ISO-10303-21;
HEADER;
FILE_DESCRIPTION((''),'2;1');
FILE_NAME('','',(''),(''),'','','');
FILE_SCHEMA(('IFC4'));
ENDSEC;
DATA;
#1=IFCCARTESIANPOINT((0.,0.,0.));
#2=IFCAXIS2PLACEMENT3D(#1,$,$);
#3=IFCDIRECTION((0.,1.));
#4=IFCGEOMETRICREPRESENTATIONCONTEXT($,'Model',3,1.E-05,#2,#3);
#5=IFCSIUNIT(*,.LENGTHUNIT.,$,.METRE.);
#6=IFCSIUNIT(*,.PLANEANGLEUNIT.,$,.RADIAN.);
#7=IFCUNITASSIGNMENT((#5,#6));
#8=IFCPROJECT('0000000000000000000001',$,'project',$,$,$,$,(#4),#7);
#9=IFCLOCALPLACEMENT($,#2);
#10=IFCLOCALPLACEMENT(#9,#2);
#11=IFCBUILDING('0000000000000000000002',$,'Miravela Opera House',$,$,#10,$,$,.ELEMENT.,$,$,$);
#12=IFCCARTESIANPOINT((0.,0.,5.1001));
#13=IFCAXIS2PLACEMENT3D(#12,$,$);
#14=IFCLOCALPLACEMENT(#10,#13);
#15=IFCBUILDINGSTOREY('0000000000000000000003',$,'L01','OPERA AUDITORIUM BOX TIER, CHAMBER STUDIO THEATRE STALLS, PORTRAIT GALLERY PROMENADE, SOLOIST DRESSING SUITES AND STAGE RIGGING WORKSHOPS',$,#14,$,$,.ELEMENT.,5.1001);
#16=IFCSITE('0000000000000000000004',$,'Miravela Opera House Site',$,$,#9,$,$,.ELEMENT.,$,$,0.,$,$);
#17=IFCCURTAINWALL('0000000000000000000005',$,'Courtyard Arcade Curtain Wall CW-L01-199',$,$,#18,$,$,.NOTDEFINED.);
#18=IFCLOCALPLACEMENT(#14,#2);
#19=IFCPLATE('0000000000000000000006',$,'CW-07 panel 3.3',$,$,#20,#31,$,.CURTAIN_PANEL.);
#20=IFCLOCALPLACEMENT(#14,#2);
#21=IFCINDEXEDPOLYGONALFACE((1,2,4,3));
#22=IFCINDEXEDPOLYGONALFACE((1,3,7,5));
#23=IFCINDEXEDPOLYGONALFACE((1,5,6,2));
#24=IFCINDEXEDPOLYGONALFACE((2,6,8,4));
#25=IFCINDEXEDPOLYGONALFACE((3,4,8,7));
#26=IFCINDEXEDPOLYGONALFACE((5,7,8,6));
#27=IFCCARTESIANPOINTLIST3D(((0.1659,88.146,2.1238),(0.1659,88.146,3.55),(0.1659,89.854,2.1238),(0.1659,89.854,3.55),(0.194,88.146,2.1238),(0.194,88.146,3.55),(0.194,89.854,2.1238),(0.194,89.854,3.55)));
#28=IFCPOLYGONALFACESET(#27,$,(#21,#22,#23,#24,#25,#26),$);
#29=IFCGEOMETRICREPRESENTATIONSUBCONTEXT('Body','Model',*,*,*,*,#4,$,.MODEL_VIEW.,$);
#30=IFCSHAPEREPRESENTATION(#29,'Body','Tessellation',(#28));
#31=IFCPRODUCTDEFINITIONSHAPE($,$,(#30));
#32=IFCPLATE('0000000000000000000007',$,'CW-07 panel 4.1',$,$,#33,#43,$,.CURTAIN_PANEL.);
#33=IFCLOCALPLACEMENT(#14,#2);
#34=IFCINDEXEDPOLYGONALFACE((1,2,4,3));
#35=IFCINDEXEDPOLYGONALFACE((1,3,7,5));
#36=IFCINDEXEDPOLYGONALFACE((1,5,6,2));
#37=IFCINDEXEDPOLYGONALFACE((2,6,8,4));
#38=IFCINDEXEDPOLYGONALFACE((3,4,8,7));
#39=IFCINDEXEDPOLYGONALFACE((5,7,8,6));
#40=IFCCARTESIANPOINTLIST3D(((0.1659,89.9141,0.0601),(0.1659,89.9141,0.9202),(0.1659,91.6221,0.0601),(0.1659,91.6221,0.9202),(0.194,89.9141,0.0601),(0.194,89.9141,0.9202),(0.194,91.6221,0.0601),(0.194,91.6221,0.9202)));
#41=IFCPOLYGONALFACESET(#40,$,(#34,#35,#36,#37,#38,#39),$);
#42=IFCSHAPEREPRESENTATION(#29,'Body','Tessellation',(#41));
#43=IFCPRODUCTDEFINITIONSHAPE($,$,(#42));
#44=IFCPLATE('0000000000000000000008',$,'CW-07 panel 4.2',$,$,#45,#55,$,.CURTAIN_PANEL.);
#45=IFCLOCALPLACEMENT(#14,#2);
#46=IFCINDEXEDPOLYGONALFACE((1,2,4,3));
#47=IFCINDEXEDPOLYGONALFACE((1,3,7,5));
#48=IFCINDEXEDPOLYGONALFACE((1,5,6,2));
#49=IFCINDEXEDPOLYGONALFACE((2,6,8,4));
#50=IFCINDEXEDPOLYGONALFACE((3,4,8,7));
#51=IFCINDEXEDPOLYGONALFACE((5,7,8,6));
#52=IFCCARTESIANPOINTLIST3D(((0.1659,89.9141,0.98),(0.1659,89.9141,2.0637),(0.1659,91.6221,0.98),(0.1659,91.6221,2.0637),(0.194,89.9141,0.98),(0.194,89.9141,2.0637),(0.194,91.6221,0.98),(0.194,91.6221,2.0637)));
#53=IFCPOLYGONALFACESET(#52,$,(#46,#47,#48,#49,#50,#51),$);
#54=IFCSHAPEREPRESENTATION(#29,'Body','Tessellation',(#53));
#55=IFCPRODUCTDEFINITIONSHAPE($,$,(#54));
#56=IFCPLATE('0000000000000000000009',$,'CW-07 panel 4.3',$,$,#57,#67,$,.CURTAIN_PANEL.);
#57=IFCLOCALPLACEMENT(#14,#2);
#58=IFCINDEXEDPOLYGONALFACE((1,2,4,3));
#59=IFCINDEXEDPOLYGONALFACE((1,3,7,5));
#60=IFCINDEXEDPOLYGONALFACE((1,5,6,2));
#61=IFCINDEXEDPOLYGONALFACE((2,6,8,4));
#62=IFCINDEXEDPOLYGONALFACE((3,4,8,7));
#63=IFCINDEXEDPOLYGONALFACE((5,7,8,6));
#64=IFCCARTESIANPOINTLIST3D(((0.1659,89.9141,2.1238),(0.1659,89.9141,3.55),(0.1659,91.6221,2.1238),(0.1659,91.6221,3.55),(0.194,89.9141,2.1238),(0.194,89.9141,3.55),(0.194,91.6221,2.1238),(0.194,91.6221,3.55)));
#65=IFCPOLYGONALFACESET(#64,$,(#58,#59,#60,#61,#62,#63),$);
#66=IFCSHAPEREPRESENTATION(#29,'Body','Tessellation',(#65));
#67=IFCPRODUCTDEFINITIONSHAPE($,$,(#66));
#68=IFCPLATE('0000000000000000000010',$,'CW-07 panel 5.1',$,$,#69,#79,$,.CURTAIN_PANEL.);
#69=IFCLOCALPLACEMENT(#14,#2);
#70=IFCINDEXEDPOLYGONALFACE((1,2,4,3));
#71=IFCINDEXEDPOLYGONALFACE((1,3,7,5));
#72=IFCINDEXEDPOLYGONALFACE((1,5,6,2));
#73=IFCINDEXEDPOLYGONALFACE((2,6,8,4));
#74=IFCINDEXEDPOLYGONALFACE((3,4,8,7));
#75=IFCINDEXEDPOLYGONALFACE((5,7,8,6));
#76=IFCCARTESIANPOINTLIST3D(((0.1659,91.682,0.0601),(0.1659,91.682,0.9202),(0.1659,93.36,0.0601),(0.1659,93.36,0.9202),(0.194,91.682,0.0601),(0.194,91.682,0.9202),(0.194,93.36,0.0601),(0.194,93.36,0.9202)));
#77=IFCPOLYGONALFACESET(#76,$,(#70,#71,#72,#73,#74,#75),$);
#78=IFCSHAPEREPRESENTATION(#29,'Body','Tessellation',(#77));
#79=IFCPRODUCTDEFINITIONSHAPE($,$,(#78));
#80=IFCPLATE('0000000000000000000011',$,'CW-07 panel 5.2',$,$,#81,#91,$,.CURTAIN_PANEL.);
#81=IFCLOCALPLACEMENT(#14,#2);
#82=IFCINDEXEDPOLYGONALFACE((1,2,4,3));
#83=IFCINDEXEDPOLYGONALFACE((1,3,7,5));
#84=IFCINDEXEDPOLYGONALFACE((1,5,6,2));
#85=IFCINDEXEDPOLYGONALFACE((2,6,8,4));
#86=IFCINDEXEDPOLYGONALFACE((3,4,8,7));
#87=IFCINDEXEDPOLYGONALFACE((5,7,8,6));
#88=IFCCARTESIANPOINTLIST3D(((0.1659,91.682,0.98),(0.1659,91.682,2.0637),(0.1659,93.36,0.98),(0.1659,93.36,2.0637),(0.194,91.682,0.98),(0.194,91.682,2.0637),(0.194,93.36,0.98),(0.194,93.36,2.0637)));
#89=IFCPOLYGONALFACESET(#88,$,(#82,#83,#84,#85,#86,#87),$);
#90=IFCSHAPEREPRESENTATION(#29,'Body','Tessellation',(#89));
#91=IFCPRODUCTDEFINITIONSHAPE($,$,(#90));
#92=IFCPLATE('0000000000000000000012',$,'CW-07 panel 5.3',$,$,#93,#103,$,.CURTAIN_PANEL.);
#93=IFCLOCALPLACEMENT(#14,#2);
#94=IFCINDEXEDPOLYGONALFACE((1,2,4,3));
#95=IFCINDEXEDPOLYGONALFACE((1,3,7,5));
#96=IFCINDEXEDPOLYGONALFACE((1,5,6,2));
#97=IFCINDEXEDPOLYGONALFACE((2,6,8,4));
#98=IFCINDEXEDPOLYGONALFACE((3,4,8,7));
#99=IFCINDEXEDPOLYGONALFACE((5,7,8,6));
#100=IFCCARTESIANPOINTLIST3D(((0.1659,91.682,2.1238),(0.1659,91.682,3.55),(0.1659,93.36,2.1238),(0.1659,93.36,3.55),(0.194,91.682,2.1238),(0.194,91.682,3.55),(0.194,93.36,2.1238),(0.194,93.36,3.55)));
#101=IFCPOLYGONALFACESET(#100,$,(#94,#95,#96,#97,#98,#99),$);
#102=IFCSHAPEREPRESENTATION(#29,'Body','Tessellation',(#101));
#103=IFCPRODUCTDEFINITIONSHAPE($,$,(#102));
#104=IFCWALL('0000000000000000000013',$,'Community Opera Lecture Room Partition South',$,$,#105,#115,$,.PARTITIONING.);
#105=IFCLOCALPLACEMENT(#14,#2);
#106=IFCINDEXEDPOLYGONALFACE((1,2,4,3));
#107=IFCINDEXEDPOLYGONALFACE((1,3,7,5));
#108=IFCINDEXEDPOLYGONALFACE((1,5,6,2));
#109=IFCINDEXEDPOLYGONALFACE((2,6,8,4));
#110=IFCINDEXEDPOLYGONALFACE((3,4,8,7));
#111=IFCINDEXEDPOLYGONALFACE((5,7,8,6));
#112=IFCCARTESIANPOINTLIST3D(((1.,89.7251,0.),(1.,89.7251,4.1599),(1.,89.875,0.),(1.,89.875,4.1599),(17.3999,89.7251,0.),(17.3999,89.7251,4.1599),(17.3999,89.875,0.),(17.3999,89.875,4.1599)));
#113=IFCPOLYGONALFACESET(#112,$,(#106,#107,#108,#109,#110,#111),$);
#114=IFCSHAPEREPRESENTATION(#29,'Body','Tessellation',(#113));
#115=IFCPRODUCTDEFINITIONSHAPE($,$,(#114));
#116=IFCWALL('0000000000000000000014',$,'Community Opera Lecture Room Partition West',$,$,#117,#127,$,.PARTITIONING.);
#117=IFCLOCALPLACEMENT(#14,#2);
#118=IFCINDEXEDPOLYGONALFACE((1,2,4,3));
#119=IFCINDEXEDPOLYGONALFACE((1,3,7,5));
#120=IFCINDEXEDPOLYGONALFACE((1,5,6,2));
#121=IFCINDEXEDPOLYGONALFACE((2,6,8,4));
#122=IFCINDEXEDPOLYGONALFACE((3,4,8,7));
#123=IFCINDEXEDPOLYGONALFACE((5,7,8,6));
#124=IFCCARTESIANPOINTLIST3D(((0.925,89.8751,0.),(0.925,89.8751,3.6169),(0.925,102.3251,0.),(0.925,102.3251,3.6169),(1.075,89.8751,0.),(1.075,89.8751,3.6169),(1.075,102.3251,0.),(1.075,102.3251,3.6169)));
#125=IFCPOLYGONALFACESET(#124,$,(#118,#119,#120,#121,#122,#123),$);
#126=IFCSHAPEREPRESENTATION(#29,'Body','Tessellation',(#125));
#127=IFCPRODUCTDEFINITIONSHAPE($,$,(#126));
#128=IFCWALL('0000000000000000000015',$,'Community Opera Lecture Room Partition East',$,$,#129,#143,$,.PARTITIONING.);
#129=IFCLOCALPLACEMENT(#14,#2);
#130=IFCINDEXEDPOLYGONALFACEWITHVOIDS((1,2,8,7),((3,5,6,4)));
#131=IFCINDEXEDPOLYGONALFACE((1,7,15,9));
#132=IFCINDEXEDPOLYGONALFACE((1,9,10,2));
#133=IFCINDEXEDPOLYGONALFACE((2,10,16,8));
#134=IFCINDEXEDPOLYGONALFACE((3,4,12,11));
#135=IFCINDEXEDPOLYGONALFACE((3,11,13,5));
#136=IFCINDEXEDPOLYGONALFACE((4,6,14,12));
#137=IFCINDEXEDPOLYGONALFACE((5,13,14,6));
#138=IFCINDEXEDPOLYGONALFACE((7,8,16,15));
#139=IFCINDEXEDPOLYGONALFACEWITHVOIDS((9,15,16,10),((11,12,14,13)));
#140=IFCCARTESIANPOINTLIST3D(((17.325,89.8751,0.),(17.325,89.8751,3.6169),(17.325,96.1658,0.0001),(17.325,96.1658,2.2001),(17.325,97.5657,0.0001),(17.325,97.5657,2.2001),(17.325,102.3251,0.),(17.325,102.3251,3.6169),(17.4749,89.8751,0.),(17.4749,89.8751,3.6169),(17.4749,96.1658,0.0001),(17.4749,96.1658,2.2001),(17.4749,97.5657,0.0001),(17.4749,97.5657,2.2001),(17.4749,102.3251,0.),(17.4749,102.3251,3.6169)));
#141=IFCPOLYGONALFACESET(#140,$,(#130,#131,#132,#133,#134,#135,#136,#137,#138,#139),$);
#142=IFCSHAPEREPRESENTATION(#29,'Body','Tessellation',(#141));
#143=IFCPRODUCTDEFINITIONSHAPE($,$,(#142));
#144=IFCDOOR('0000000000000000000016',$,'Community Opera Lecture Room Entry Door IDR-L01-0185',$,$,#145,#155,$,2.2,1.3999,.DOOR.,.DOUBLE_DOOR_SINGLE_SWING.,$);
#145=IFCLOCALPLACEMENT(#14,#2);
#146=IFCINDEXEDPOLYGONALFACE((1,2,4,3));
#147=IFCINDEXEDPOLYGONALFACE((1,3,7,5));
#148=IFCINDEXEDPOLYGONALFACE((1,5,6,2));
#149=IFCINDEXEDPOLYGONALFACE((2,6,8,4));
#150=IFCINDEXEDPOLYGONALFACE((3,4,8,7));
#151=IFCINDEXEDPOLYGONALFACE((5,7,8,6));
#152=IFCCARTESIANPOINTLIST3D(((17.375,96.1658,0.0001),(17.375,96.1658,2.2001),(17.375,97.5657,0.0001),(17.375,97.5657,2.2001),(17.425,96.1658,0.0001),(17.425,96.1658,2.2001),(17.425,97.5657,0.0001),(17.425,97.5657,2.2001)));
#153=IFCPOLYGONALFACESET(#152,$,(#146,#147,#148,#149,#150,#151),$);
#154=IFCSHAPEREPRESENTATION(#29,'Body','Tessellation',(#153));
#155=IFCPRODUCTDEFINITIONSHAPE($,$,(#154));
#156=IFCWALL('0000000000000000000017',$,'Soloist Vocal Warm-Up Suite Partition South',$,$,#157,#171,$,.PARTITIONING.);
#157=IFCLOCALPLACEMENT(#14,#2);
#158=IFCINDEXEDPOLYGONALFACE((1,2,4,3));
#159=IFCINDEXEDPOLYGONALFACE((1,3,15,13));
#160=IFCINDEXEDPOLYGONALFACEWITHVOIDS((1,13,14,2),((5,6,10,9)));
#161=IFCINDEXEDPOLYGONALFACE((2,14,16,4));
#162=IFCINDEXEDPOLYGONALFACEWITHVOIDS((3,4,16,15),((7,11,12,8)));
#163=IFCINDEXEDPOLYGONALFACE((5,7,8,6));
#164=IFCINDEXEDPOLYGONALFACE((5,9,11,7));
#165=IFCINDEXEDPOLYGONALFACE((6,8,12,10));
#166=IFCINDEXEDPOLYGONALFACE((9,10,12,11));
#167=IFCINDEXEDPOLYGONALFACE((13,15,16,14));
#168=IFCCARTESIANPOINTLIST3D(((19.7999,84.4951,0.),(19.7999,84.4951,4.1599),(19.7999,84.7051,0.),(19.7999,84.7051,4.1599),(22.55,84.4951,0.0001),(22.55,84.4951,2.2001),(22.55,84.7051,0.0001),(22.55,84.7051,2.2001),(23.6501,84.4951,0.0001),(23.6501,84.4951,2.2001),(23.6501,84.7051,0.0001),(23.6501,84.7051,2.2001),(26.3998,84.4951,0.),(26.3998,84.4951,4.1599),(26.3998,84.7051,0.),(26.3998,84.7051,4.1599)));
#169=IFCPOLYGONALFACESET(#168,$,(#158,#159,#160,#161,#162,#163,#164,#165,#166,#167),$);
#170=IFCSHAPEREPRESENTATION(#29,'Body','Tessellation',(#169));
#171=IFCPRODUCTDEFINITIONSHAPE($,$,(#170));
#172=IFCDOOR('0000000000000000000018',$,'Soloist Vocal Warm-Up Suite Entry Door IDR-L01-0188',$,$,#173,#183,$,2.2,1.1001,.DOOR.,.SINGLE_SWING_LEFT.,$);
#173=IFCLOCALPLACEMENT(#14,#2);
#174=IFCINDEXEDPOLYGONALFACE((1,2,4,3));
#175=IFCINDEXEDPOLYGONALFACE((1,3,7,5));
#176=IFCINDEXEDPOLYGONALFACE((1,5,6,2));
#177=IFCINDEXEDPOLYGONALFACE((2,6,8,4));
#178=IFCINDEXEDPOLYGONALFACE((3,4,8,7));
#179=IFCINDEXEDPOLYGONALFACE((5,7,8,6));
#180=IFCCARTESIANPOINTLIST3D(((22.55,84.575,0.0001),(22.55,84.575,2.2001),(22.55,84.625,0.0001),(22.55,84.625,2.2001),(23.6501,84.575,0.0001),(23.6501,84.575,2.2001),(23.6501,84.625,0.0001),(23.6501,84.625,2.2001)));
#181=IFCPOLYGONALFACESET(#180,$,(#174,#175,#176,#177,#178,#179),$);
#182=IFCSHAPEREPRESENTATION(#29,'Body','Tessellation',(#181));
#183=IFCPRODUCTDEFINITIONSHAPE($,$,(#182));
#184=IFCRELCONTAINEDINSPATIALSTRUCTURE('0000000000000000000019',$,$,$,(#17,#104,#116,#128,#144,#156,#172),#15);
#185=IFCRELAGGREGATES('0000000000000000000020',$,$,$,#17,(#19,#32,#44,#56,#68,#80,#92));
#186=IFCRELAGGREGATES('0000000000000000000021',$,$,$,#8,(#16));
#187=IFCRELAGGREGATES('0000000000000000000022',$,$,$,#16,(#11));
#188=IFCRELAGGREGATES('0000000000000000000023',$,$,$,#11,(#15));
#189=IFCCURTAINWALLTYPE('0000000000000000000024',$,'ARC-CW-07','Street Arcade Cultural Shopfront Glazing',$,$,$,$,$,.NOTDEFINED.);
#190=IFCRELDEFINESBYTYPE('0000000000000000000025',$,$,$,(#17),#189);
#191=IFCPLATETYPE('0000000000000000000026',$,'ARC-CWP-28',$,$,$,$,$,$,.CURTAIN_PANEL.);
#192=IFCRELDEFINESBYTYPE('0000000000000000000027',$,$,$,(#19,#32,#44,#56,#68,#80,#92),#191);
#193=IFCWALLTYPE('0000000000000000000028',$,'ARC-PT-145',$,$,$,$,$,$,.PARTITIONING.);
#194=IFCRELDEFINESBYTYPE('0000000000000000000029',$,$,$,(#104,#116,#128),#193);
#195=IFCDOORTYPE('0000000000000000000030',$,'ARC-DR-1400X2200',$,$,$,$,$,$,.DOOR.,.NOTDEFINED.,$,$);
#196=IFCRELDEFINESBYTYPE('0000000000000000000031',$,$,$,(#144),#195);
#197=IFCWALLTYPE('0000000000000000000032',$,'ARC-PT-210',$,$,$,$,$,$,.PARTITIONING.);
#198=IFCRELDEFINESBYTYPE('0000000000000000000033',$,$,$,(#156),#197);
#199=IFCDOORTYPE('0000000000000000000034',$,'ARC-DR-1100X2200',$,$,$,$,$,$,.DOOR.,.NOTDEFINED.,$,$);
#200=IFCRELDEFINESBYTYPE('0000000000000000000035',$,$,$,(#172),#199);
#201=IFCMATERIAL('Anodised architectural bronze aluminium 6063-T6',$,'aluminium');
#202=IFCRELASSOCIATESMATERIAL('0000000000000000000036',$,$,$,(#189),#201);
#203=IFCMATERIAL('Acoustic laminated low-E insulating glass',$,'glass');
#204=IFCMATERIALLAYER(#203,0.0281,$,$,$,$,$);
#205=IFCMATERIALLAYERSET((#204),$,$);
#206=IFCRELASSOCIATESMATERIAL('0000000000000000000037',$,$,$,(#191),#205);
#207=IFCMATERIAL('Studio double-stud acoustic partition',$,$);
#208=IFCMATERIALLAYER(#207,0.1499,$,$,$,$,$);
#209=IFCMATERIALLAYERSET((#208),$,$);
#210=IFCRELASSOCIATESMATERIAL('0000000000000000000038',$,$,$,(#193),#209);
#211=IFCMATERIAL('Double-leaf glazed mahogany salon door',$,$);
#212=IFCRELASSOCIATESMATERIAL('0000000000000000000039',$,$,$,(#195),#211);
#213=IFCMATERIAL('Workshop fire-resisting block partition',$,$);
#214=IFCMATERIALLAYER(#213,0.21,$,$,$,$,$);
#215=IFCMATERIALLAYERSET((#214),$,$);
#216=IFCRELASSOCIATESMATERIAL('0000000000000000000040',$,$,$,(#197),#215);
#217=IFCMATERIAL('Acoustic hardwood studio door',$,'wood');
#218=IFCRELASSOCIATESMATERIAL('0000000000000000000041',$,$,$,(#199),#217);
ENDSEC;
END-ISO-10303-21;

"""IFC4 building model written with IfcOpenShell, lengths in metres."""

from ifc_helpers import new_model, si_unit, direction, frame, frame_2d, origin, origin_2d, place, context, subcontext, project, spatial, rectangle, extrude, material, layer, layer_set, type_object, element, fill, aggregate, save


model = new_model("IFC4")

# Units and contexts
model_context = context("Model", 3, precision=1e-05, world=origin(), true_north=direction((0.0, 1.0)))
body_context = subcontext(model_context, "Body", "Model", "MODEL_VIEW")
ifc_project = project(units=[si_unit("LENGTHUNIT", "METRE"), si_unit("PLANEANGLEUNIT", "RADIAN")], contexts=[model_context])

# Site, building, storey
site_placement = place(None, origin())
site = spatial("IfcSite", under=ifc_project, at=site_placement, Name="Miravela Opera House Site", CompositionType="ELEMENT", RefElevation=0.0)
building_placement = place(site_placement, origin())
building = spatial("IfcBuilding", under=site, at=building_placement, Name="Miravela Opera House", CompositionType="ELEMENT")
storey_placement = place(building_placement, frame((0.0, 0.0, 5.1001)))
storey = spatial("IfcBuildingStorey", under=building, at=storey_placement, Name="L01", Description="OPERA AUDITORIUM BOX TIER, CHAMBER STUDIO THEATRE STALLS, PORTRAIT GALLERY PROMENADE, SOLOIST DRESSING SUITES AND STAGE RIGGING WORKSHOPS", CompositionType="ELEMENT", Elevation=5.1001)

# Curtain wall
ifc_material_1 = material(Name="Anodised architectural bronze aluminium 6063-T6", Category="aluminium")
curtain_wall_type = type_object("IfcCurtainWallType", Name="ARC-CW-07", Description="Street Arcade Cultural Shopfront Glazing", PredefinedType="NOTDEFINED", material=ifc_material_1)
curtain_wall_placement = place(storey_placement, origin())
curtain_wall = element("IfcCurtainWall", 1, at=curtain_wall_placement, inside=storey, type_object=curtain_wall_type, Name="Courtyard Arcade Curtain Wall CW-L01-199", PredefinedType="NOTDEFINED")

# Plates
ifc_material_2 = material(Name="Acoustic laminated low-E insulating glass", Category="glass")
ifc_layer_1 = layer(ifc_material_2, 0.0281)
ifc_layer_set_1 = layer_set([ifc_layer_1])
plate_type = type_object("IfcPlateType", Name="ARC-CWP-28", PredefinedType="CURTAIN_PANEL", material=ifc_layer_set_1)
plate_1_placement = place(storey_placement, frame((0.1799, 89.0, 2.1238), z_axis=(0.0, 0.0, 1.0), x_axis=(0.0, 1.0, 0.0)))
plate_1 = element("IfcPlate", 2, at=plate_1_placement, type_object=plate_type, Name="CW-07 panel 3.3", PredefinedType="CURTAIN_PANEL", context=body_context, shape_type="SweptSolid", body=[
    extrude(rectangle(XDim=1.708, YDim=0.0281, at=origin_2d()), origin(), (0.0, 0.0, 1.0), 1.4263),
])
plate_2_placement = place(storey_placement, frame((0.1799, 90.7681, 0.0601), z_axis=(0.0, 0.0, 1.0), x_axis=(0.0, 1.0, 0.0)))
plate_2 = element("IfcPlate", 3, at=plate_2_placement, type_object=plate_type, Name="CW-07 panel 4.1", PredefinedType="CURTAIN_PANEL", context=body_context, shape_type="SweptSolid", body=[
    extrude(rectangle(XDim=1.708, YDim=0.0281, at=origin_2d()), origin(), (0.0, 0.0, 1.0), 0.8601),
])
plate_3_placement = place(storey_placement, frame((0.1799, 90.7681, 0.98), z_axis=(0.0, 0.0, 1.0), x_axis=(0.0, 1.0, 0.0)))
plate_3 = element("IfcPlate", 4, at=plate_3_placement, type_object=plate_type, Name="CW-07 panel 4.2", PredefinedType="CURTAIN_PANEL", context=body_context, shape_type="SweptSolid", body=[
    extrude(rectangle(XDim=1.708, YDim=0.0281, at=origin_2d()), origin(), (0.0, 0.0, 1.0), 1.0837),
])
plate_4_placement = place(storey_placement, frame((0.1799, 90.7681, 2.1238), z_axis=(0.0, 0.0, 1.0), x_axis=(0.0, 1.0, 0.0)))
plate_4 = element("IfcPlate", 5, at=plate_4_placement, type_object=plate_type, Name="CW-07 panel 4.3", PredefinedType="CURTAIN_PANEL", context=body_context, shape_type="SweptSolid", body=[
    extrude(rectangle(XDim=1.708, YDim=0.0281, at=origin_2d()), origin(), (0.0, 0.0, 1.0), 1.4263),
])
plate_5_placement = place(storey_placement, frame((0.1799, 92.521, 0.0601), z_axis=(0.0, 0.0, 1.0), x_axis=(0.0, 1.0, 0.0)))
plate_5 = element("IfcPlate", 6, at=plate_5_placement, type_object=plate_type, Name="CW-07 panel 5.1", PredefinedType="CURTAIN_PANEL", context=body_context, shape_type="SweptSolid", body=[
    extrude(rectangle(XDim=1.678, YDim=0.0281, at=origin_2d()), origin(), (0.0, 0.0, 1.0), 0.8601),
])
plate_6_placement = place(storey_placement, frame((0.1799, 92.521, 0.98), z_axis=(0.0, 0.0, 1.0), x_axis=(0.0, 1.0, 0.0)))
plate_6 = element("IfcPlate", 7, at=plate_6_placement, type_object=plate_type, Name="CW-07 panel 5.2", PredefinedType="CURTAIN_PANEL", context=body_context, shape_type="SweptSolid", body=[
    extrude(rectangle(XDim=1.678, YDim=0.0281, at=origin_2d()), origin(), (0.0, 0.0, 1.0), 1.0837),
])
plate_7_placement = place(storey_placement, frame((0.1799, 92.521, 2.1238), z_axis=(0.0, 0.0, 1.0), x_axis=(0.0, 1.0, 0.0)))
plate_7 = element("IfcPlate", 8, at=plate_7_placement, type_object=plate_type, Name="CW-07 panel 5.3", PredefinedType="CURTAIN_PANEL", context=body_context, shape_type="SweptSolid", body=[
    extrude(rectangle(XDim=1.678, YDim=0.0281, at=origin_2d()), origin(), (0.0, 0.0, 1.0), 1.4263),
])
aggregate(curtain_wall, [plate_1, plate_2, plate_3, plate_4, plate_5, plate_6, plate_7])

# Walls
ifc_material_3 = material(Name="Studio double-stud acoustic partition")
ifc_layer_2 = layer(ifc_material_3, 0.1499)
ifc_layer_set_2 = layer_set([ifc_layer_2])
wall_type_1 = type_object("IfcWallType", Name="ARC-PT-145", PredefinedType="PARTITIONING", material=ifc_layer_set_2)
wall_1_placement = place(storey_placement, frame((1.0, 89.8, 0.0), z_axis=(0.0, 0.0, 1.0), x_axis=(1.0, 0.0, 0.0)))
element("IfcWall", 9, at=wall_1_placement, inside=storey, type_object=wall_type_1, Name="Community Opera Lecture Room Partition South", PredefinedType="PARTITIONING", context=body_context, shape_type="SweptSolid", body=[
    extrude(rectangle(XDim=16.3999, YDim=0.1499, at=frame_2d((8.2, 0.0))), origin(), (0.0, 0.0, 1.0), 4.1599),
])
wall_2_placement = place(storey_placement, frame((1.0, 89.875, 0.0), z_axis=(0.0, 0.0, 1.0), x_axis=(0.0, 1.0, 0.0)))
element("IfcWall", 10, at=wall_2_placement, inside=storey, type_object=wall_type_1, Name="Community Opera Lecture Room Partition West", PredefinedType="PARTITIONING", context=body_context, shape_type="SweptSolid", body=[
    extrude(rectangle(XDim=12.45, YDim=0.1499, at=frame_2d((6.2251, 0.0))), origin(), (0.0, 0.0, 1.0), 3.6169),
])

# Walls, openings, doors
wall_3_placement = place(storey_placement, frame((17.3999, 89.875, 0.0), z_axis=(0.0, 0.0, 1.0), x_axis=(0.0, 1.0, 0.0)))
wall_3 = element("IfcWall", 11, at=wall_3_placement, inside=storey, type_object=wall_type_1, Name="Community Opera Lecture Room Partition East", PredefinedType="PARTITIONING", context=body_context, shape_type="SweptSolid", body=[
    extrude(rectangle(XDim=12.45, YDim=0.1499, at=frame_2d((6.2251, 0.0))), origin(), (0.0, 0.0, 1.0), 3.6169),
])
opening_1_placement = place(wall_3_placement, frame((6.2908, 0.0, 0.0)))
opening_1 = element("IfcOpeningElement", 12, at=opening_1_placement, cuts=wall_3, PredefinedType="OPENING", context=body_context, shape_type="SweptSolid", body=[
    extrude(rectangle(XDim=1.3999, YDim=2.2, at=frame_2d((0.7, 1.1001))), frame((0.0, 0.085, 0.0), z_axis=(0.0, -1.0, 0.0), x_axis=(1.0, 0.0, 0.0)), (0.0, 0.0, 1.0), 0.1699),
])
ifc_material_4 = material(Name="Double-leaf glazed mahogany salon door")
door_type_1 = type_object("IfcDoorType", Name="ARC-DR-1400X2200", OperationType="NOTDEFINED", PredefinedType="DOOR", material=ifc_material_4)
door_1_placement = place(opening_1_placement, origin())
door_1 = element("IfcDoor", 13, at=door_1_placement, inside=storey, type_object=door_type_1, Name="Community Opera Lecture Room Entry Door IDR-L01-0185", OperationType="DOUBLE_DOOR_SINGLE_SWING", OverallHeight=2.2, OverallWidth=1.3999, PredefinedType="DOOR", context=body_context, shape_type="SweptSolid", body=[
    extrude(rectangle(XDim=1.3999, YDim=2.2, at=frame_2d((0.7, 1.1001))), frame((0.0, 0.0249, 0.0), z_axis=(0.0, -1.0, 0.0), x_axis=(1.0, 0.0, 0.0)), (0.0, 0.0, 1.0), 0.05),
])
fill(opening_1, door_1)
ifc_material_5 = material(Name="Workshop fire-resisting block partition")
ifc_layer_3 = layer(ifc_material_5, 0.21)
ifc_layer_set_3 = layer_set([ifc_layer_3])
wall_type_2 = type_object("IfcWallType", Name="ARC-PT-210", PredefinedType="PARTITIONING", material=ifc_layer_set_3)
wall_4_placement = place(storey_placement, frame((19.8, 84.6001, 0.0), z_axis=(0.0, 0.0, 1.0), x_axis=(1.0, 0.0, 0.0)))
wall_4 = element("IfcWall", 14, at=wall_4_placement, inside=storey, type_object=wall_type_2, Name="Soloist Vocal Warm-Up Suite Partition South", PredefinedType="PARTITIONING", context=body_context, shape_type="SweptSolid", body=[
    extrude(rectangle(XDim=6.5999, YDim=0.21, at=frame_2d((3.2998, 0.0))), origin(), (0.0, 0.0, 1.0), 4.1599),
])
opening_2_placement = place(wall_4_placement, frame((2.75, 0.0, 0.0)))
opening_2 = element("IfcOpeningElement", 15, at=opening_2_placement, cuts=wall_4, PredefinedType="OPENING", context=body_context, shape_type="SweptSolid", body=[
    extrude(rectangle(XDim=1.1001, YDim=2.2, at=frame_2d((0.55, 1.1001))), frame((0.0, 0.115, 0.0), z_axis=(0.0, -1.0, 0.0), x_axis=(1.0, 0.0, 0.0)), (0.0, 0.0, 1.0), 0.23),
])
ifc_material_6 = material(Name="Acoustic hardwood studio door", Category="wood")
door_type_2 = type_object("IfcDoorType", Name="ARC-DR-1100X2200", OperationType="NOTDEFINED", PredefinedType="DOOR", material=ifc_material_6)
door_2_placement = place(opening_2_placement, origin())
door_2 = element("IfcDoor", 16, at=door_2_placement, inside=storey, type_object=door_type_2, Name="Soloist Vocal Warm-Up Suite Entry Door IDR-L01-0188", OperationType="SINGLE_SWING_LEFT", OverallHeight=2.2, OverallWidth=1.1001, PredefinedType="DOOR", context=body_context, shape_type="SweptSolid", body=[
    extrude(rectangle(XDim=1.1001, YDim=2.2, at=frame_2d((0.55, 1.1001))), frame((0.0, 0.0249, 0.0), z_axis=(0.0, -1.0, 0.0), x_axis=(1.0, 0.0, 0.0)), (0.0, 0.0, 1.0), 0.05),
])
fill(opening_2, door_2)

save(model, "model.ifc")
